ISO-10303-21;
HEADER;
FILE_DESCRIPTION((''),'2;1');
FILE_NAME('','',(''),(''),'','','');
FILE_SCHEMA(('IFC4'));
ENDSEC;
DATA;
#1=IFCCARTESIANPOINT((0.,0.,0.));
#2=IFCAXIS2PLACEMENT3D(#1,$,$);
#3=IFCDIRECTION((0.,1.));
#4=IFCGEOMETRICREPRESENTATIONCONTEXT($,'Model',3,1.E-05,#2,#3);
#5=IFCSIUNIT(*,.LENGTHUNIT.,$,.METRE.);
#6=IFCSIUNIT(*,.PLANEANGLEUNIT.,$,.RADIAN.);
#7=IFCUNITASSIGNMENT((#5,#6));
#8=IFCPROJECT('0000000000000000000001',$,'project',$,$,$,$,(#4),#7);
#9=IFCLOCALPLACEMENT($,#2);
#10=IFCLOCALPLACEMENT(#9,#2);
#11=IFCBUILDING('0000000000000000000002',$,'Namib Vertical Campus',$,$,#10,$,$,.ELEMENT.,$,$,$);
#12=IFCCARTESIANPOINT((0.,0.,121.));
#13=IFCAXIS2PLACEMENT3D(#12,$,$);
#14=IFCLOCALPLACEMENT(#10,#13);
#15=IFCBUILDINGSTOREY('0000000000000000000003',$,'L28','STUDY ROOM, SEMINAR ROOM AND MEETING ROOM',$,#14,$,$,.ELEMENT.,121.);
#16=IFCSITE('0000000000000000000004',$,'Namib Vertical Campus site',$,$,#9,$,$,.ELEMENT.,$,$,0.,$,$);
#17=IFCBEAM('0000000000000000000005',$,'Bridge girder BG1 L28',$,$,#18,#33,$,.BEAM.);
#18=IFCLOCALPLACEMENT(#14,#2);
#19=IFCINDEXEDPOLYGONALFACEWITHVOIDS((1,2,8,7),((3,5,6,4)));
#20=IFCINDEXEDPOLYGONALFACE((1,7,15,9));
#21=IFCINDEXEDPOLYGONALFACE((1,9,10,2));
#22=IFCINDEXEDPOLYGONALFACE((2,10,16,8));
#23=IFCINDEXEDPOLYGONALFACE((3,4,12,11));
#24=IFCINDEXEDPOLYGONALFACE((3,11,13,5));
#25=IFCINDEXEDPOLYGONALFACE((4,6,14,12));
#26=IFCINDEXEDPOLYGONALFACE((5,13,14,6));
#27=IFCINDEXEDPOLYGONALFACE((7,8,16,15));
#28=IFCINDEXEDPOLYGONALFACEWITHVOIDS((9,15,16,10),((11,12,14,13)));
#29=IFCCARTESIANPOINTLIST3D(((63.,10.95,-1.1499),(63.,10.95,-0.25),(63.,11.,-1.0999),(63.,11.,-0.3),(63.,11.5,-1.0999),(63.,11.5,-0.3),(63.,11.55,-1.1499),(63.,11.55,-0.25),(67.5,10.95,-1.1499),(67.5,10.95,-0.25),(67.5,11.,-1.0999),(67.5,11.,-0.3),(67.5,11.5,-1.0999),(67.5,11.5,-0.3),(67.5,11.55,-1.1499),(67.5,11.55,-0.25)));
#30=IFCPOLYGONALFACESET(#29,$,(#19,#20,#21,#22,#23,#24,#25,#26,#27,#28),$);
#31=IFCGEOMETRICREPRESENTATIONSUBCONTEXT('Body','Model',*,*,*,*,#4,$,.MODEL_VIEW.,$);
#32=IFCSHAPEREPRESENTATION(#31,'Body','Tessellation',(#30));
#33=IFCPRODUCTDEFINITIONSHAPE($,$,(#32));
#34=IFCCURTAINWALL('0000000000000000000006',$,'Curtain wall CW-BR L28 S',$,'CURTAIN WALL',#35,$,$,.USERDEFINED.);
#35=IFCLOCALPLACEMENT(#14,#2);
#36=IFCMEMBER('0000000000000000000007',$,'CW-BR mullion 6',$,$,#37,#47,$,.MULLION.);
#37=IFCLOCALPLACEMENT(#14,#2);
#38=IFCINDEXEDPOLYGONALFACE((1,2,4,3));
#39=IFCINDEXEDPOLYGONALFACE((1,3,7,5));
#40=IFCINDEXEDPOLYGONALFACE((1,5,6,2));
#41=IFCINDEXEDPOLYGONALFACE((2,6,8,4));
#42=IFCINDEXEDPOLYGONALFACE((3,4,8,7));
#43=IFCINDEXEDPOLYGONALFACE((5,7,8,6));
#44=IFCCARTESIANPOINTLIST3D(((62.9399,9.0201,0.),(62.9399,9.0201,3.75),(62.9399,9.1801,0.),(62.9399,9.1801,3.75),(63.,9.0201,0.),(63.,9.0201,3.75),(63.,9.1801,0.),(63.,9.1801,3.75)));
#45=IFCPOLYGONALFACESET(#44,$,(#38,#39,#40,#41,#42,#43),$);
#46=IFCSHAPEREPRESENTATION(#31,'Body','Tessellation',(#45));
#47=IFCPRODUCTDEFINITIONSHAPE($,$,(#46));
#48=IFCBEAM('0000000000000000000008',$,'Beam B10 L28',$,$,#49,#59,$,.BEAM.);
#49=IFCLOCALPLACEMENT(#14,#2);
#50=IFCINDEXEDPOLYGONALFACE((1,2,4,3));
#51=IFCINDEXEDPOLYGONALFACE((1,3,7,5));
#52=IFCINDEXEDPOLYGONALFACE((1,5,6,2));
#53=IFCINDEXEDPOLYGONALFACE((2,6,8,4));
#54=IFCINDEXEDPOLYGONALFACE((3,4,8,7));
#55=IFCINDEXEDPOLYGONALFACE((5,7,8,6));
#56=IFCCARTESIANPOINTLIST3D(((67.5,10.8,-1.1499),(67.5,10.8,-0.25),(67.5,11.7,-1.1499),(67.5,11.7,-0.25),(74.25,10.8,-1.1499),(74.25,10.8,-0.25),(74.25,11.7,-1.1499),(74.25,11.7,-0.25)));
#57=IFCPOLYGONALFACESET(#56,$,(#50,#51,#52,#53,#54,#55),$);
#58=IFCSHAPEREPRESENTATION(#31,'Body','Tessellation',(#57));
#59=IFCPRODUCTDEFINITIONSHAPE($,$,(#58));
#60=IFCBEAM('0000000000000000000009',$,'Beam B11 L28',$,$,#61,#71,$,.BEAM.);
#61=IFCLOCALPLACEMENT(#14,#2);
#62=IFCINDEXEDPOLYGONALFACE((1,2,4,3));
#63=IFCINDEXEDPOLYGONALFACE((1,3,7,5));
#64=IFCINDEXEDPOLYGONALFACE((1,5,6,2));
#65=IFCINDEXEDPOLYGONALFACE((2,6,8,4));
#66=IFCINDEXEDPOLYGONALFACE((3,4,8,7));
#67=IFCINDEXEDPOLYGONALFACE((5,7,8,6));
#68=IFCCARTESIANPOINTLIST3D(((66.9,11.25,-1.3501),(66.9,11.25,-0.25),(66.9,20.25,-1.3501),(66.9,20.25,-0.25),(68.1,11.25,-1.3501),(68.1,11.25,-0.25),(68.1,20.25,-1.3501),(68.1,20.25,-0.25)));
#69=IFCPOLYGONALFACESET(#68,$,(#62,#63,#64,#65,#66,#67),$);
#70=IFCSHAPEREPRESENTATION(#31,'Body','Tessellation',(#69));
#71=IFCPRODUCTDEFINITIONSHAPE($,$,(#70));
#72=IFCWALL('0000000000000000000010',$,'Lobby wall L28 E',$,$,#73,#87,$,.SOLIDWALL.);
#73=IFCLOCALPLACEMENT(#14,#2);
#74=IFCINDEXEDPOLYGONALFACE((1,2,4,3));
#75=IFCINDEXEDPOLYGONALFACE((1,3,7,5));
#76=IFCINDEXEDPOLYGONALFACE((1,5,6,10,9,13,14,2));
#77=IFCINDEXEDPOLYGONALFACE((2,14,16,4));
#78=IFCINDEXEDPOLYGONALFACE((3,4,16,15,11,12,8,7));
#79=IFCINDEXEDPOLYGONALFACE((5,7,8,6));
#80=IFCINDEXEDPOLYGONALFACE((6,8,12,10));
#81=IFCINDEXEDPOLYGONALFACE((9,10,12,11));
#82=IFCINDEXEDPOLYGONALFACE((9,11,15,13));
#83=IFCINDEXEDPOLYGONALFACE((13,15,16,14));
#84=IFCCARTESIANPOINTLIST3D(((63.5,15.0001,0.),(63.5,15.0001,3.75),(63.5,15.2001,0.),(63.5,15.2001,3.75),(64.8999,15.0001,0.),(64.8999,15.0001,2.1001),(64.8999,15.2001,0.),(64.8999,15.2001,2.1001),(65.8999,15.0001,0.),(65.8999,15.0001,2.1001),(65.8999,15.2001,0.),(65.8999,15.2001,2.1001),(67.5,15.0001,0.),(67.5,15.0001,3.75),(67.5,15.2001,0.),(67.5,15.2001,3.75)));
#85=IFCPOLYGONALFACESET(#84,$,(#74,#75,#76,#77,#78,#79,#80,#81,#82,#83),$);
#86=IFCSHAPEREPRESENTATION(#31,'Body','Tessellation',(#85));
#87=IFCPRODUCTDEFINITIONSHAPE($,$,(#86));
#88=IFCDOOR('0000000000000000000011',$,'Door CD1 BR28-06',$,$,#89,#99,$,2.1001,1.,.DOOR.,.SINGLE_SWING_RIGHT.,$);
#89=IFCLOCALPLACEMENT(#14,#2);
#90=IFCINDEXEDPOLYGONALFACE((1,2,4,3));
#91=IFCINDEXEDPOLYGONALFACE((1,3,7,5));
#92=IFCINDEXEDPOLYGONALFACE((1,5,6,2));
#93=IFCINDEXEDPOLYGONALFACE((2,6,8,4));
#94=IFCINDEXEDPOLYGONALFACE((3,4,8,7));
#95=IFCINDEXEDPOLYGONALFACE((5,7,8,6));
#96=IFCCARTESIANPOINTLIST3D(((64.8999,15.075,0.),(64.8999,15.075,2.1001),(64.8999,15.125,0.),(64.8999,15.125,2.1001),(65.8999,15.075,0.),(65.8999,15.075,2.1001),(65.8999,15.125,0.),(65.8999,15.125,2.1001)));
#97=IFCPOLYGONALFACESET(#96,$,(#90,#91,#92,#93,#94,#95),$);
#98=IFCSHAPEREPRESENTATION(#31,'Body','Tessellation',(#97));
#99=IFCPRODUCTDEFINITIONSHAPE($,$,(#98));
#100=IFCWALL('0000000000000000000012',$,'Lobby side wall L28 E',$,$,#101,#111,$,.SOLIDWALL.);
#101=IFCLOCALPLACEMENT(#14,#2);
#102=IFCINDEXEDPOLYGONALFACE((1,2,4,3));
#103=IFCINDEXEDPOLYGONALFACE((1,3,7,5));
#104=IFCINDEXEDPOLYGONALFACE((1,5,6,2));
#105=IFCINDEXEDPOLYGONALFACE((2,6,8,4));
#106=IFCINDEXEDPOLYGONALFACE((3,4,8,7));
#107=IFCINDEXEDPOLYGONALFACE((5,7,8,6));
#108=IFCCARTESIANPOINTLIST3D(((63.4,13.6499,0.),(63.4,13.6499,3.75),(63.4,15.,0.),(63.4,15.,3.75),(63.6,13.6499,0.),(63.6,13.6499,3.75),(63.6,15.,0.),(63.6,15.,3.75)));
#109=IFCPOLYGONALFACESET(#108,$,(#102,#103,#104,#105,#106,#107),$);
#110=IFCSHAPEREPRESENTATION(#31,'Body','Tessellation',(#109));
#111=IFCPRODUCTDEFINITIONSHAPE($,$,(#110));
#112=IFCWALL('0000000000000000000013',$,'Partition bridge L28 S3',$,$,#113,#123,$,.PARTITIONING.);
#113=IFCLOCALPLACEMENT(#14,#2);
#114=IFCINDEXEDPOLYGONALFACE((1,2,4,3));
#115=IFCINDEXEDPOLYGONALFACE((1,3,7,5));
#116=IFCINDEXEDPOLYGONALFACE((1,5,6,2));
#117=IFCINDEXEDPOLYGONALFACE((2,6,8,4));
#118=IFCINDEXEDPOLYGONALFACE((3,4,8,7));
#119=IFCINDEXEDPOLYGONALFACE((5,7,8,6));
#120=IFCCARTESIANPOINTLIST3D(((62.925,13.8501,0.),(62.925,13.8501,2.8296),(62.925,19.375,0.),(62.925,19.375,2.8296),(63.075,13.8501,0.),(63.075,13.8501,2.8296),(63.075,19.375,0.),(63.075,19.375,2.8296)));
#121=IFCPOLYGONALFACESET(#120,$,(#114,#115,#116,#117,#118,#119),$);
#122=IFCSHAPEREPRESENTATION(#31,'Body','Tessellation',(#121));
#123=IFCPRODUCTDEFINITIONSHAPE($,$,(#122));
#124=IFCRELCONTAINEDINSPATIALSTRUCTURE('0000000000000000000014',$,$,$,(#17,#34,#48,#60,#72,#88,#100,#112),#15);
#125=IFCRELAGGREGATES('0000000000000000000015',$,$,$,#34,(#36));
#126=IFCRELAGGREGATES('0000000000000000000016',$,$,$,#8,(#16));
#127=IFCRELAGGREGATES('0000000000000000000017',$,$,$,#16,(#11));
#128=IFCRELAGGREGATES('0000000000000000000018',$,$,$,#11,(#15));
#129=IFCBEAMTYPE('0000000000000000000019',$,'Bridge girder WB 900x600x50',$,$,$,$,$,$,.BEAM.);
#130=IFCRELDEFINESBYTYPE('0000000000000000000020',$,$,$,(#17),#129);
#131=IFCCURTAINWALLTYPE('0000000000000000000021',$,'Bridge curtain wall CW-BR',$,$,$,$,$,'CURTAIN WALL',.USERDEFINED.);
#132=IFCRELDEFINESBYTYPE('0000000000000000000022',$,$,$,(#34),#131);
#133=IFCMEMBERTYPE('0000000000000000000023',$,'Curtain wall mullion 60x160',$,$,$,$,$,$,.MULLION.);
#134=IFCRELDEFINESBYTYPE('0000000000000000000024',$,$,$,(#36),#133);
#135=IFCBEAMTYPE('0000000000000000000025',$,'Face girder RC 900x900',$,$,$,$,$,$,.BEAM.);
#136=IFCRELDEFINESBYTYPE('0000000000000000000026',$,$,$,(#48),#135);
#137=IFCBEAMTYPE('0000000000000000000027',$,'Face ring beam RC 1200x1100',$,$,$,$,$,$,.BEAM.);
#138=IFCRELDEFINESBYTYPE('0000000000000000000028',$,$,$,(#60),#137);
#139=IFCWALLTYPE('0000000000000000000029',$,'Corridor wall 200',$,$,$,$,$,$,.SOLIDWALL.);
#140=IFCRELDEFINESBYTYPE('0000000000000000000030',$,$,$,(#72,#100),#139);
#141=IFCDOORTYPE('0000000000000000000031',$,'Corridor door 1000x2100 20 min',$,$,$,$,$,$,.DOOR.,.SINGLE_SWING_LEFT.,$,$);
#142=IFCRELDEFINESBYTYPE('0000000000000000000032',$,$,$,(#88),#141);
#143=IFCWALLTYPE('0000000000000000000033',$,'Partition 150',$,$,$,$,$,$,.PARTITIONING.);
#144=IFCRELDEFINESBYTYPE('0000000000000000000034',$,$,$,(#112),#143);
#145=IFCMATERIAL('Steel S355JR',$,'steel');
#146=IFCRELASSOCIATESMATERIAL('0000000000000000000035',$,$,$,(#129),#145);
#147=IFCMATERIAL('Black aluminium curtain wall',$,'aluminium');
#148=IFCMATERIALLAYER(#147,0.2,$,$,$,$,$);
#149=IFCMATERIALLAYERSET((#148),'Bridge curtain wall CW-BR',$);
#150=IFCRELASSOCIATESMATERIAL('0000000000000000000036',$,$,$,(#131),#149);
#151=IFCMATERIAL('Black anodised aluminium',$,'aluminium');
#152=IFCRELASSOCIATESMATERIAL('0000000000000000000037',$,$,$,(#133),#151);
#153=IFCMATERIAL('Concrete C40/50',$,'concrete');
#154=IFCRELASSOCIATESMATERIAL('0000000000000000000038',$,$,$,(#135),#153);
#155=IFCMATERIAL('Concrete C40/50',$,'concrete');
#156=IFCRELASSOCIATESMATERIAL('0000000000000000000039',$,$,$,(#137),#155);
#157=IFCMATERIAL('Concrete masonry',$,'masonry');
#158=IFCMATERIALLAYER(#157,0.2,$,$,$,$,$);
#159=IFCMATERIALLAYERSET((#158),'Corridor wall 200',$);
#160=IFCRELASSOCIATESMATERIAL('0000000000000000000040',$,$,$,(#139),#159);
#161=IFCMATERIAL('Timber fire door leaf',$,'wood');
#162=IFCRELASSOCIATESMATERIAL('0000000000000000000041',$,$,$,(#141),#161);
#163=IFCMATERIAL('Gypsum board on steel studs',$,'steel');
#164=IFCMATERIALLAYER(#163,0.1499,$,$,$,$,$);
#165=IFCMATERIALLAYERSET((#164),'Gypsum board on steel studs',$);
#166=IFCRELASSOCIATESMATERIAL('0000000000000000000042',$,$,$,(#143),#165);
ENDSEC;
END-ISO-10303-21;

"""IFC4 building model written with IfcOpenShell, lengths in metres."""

from ifc_helpers import new_model, si_unit, direction, frame, frame_2d, origin, origin_2d, place, context, subcontext, project, spatial, rectangle, hollow_rectangle, extrude, material, layer, layer_set, material_profile, profile_set, type_object, element, fill, aggregate, save


model = new_model("IFC4")

# Units and contexts
model_context = context("Model", 3, precision=1e-05, world=origin(), true_north=direction((0.0, 1.0)))
body_context = subcontext(model_context, "Body", "Model", "MODEL_VIEW")
ifc_project = project(units=[si_unit("LENGTHUNIT", "METRE"), si_unit("PLANEANGLEUNIT", "RADIAN")], contexts=[model_context])

# Site, building, storey
site_placement = place(None, origin())
site = spatial("IfcSite", under=ifc_project, at=site_placement, Name="Namib Vertical Campus site", CompositionType="ELEMENT", RefElevation=0.0)
building_placement = place(site_placement, origin())
building = spatial("IfcBuilding", under=site, at=building_placement, Name="Namib Vertical Campus", CompositionType="ELEMENT")
storey_placement = place(building_placement, frame((0.0, 0.0, 121.0)))
storey = spatial("IfcBuildingStorey", under=building, at=storey_placement, Name="L28", Description="STUDY ROOM, SEMINAR ROOM AND MEETING ROOM", CompositionType="ELEMENT", Elevation=121.0)

# Beam
ifc_material_1 = material(Name="Steel S355JR", Category="steel")
ifc_material_profile_1 = material_profile(ifc_material_1, hollow_rectangle(XDim=0.6001, YDim=0.8999, WallThickness=0.05, at=origin_2d()))
ifc_profile_set_1 = profile_set([ifc_material_profile_1], Name="Steel S355JR")
beam_type_1 = type_object("IfcBeamType", Name="Bridge girder WB 900x600x50", PredefinedType="BEAM", material=ifc_profile_set_1)
for number, where, z_axis, x_axis, name in (
    (1, (63.0, 11.25, -0.7), (1.0, 0.0, 0.0), (0.0, 1.0, 0.0), "Bridge girder BG1 L28"),
):
    element("IfcBeam", number, at=place(storey_placement, frame(where, z_axis=z_axis, x_axis=x_axis)), inside=storey, type_object=beam_type_1, Name=name, PredefinedType="BEAM", context=body_context, shape_type="SweptSolid", body=[
        extrude(hollow_rectangle(XDim=0.6001, YDim=0.8999, WallThickness=0.05, at=origin_2d()), origin(), (0.0, 0.0, 1.0), 4.5),
    ])

# Curtain wall, member
ifc_material_2 = material(Name="Black aluminium curtain wall", Category="aluminium")
ifc_layer_1 = layer(ifc_material_2, 0.2)
ifc_layer_set_1 = layer_set([ifc_layer_1], Name="Bridge curtain wall CW-BR")
curtain_wall_type = type_object("IfcCurtainWallType", Name="Bridge curtain wall CW-BR", ElementType="CURTAIN WALL", PredefinedType="USERDEFINED", material=ifc_layer_set_1)
curtain_wall_placement = place(storey_placement, origin())
curtain_wall = element("IfcCurtainWall", 2, at=curtain_wall_placement, inside=storey, type_object=curtain_wall_type, Name="Curtain wall CW-BR L28 S", ObjectType="CURTAIN WALL", PredefinedType="USERDEFINED")
ifc_material_3 = material(Name="Black anodised aluminium", Category="aluminium")
ifc_material_profile_2 = material_profile(ifc_material_3, rectangle(XDim=0.0601, YDim=0.1599, at=origin_2d()))
ifc_profile_set_2 = profile_set([ifc_material_profile_2], Name="Black anodised aluminium")
member_type_1 = type_object("IfcMemberType", Name="Curtain wall mullion 60x160", PredefinedType="MULLION", material=ifc_profile_set_2)
member_placement = place(storey_placement, frame((62.97, 9.1001, 0.0), z_axis=(0.0, 0.0, 1.0), x_axis=(1.0, 0.0, 0.0)))
member = element("IfcMember", 3, at=member_placement, type_object=member_type_1, Name="CW-BR mullion 6", PredefinedType="MULLION", context=body_context, shape_type="SweptSolid", body=[
    extrude(rectangle(XDim=0.0601, YDim=0.1599, at=origin_2d()), origin(), (0.0, 0.0, 1.0), 3.75),
])
aggregate(curtain_wall, [member])

# Beams
ifc_material_4 = material(Name="Concrete C40/50", Category="concrete")
ifc_material_profile_3 = material_profile(ifc_material_4, rectangle(XDim=0.8999, YDim=0.8999, at=origin_2d()))
ifc_profile_set_3 = profile_set([ifc_material_profile_3], Name="Concrete C40/50")
beam_type_2 = type_object("IfcBeamType", Name="Face girder RC 900x900", PredefinedType="BEAM", material=ifc_profile_set_3)
beam_1_placement = place(storey_placement, frame((67.5, 11.25, -0.7), z_axis=(1.0, 0.0, 0.0), x_axis=(0.0, 1.0, 0.0)))
element("IfcBeam", 4, at=beam_1_placement, inside=storey, type_object=beam_type_2, Name="Beam B10 L28", PredefinedType="BEAM", context=body_context, shape_type="SweptSolid", body=[
    extrude(rectangle(XDim=0.8999, YDim=0.8999, at=origin_2d()), origin(), (0.0, 0.0, 1.0), 6.75),
])
ifc_material_5 = material(Name="Concrete C40/50", Category="concrete")
ifc_material_profile_4 = material_profile(ifc_material_5, rectangle(XDim=1.2, YDim=1.1001, at=origin_2d()))
ifc_profile_set_4 = profile_set([ifc_material_profile_4], Name="Concrete C40/50")
beam_type_3 = type_object("IfcBeamType", Name="Face ring beam RC 1200x1100", PredefinedType="BEAM", material=ifc_profile_set_4)
beam_2_placement = place(storey_placement, frame((67.5, 11.25, -0.8), z_axis=(0.0, 1.0, 0.0), x_axis=(-1.0, 0.0, 0.0)))
element("IfcBeam", 5, at=beam_2_placement, inside=storey, type_object=beam_type_3, Name="Beam B11 L28", PredefinedType="BEAM", context=body_context, shape_type="SweptSolid", body=[
    extrude(rectangle(XDim=1.2, YDim=1.1001, at=origin_2d()), origin(), (0.0, 0.0, 1.0), 9.0),
])

# Wall, opening, door
ifc_material_6 = material(Name="Concrete masonry", Category="masonry")
ifc_layer_2 = layer(ifc_material_6, 0.2)
ifc_layer_set_2 = layer_set([ifc_layer_2], Name="Corridor wall 200")
wall_type_1 = type_object("IfcWallType", Name="Corridor wall 200", PredefinedType="SOLIDWALL", material=ifc_layer_set_2)
wall_1_placement = place(storey_placement, frame((63.5, 15.1001, 0.0), z_axis=(0.0, 0.0, 1.0), x_axis=(1.0, 0.0, 0.0)))
wall_1 = element("IfcWall", 6, at=wall_1_placement, inside=storey, type_object=wall_type_1, Name="Lobby wall L28 E", PredefinedType="SOLIDWALL", context=body_context, shape_type="SweptSolid", body=[
    extrude(rectangle(XDim=4.0, YDim=0.2, at=frame_2d((2.0, 0.0))), origin(), (0.0, 0.0, 1.0), 3.75),
])
opening_placement = place(wall_1_placement, frame((1.3999, 0.0, 0.0)))
opening = element("IfcOpeningElement", 7, at=opening_placement, cuts=wall_1, PredefinedType="OPENING", context=body_context, shape_type="SweptSolid", body=[
    extrude(rectangle(XDim=1.0, YDim=2.1001, at=frame_2d((0.5, 1.05))), frame((0.0, 0.1099, 0.0), z_axis=(0.0, -1.0, 0.0), x_axis=(1.0, 0.0, 0.0)), (0.0, 0.0, 1.0), 0.22),
])
ifc_material_7 = material(Name="Timber fire door leaf", Category="wood")
door_type = type_object("IfcDoorType", Name="Corridor door 1000x2100 20 min", OperationType="SINGLE_SWING_LEFT", PredefinedType="DOOR", material=ifc_material_7)
door_placement = place(opening_placement, origin())
door = element("IfcDoor", 8, at=door_placement, inside=storey, type_object=door_type, Name="Door CD1 BR28-06", OperationType="SINGLE_SWING_RIGHT", OverallHeight=2.1001, OverallWidth=1.0, PredefinedType="DOOR", context=body_context, shape_type="SweptSolid", body=[
    extrude(rectangle(XDim=1.0, YDim=2.1001, at=frame_2d((0.5, 1.05))), frame((0.0, 0.0249, 0.0), z_axis=(0.0, -1.0, 0.0), x_axis=(1.0, 0.0, 0.0)), (0.0, 0.0, 1.0), 0.05),
])
fill(opening, door)

# Walls
wall_2_placement = place(storey_placement, frame((63.5, 13.6499, 0.0), z_axis=(0.0, 0.0, 1.0), x_axis=(0.0, 1.0, 0.0)))
element("IfcWall", 9, at=wall_2_placement, inside=storey, type_object=wall_type_1, Name="Lobby side wall L28 E", PredefinedType="SOLIDWALL", context=body_context, shape_type="SweptSolid", body=[
    extrude(rectangle(XDim=1.3501, YDim=0.2, at=frame_2d((0.675, 0.0))), origin(), (0.0, 0.0, 1.0), 3.75),
])
ifc_material_8 = material(Name="Gypsum board on steel studs", Category="steel")
ifc_layer_3 = layer(ifc_material_8, 0.1499)
ifc_layer_set_3 = layer_set([ifc_layer_3], Name="Gypsum board on steel studs")
wall_type_2 = type_object("IfcWallType", Name="Partition 150", PredefinedType="PARTITIONING", material=ifc_layer_set_3)
wall_3_placement = place(storey_placement, frame((63.0, 13.8501, 0.0), z_axis=(0.0, 0.0, 1.0), x_axis=(0.0, 1.0, 0.0)))
element("IfcWall", 10, at=wall_3_placement, inside=storey, type_object=wall_type_2, Name="Partition bridge L28 S3", PredefinedType="PARTITIONING", context=body_context, shape_type="SweptSolid", body=[
    extrude(rectangle(XDim=5.5249, YDim=0.1499, at=frame_2d((2.7625, 0.0))), origin(), (0.0, 0.0, 1.0), 2.8296),
])

save(model, "model.ifc")
